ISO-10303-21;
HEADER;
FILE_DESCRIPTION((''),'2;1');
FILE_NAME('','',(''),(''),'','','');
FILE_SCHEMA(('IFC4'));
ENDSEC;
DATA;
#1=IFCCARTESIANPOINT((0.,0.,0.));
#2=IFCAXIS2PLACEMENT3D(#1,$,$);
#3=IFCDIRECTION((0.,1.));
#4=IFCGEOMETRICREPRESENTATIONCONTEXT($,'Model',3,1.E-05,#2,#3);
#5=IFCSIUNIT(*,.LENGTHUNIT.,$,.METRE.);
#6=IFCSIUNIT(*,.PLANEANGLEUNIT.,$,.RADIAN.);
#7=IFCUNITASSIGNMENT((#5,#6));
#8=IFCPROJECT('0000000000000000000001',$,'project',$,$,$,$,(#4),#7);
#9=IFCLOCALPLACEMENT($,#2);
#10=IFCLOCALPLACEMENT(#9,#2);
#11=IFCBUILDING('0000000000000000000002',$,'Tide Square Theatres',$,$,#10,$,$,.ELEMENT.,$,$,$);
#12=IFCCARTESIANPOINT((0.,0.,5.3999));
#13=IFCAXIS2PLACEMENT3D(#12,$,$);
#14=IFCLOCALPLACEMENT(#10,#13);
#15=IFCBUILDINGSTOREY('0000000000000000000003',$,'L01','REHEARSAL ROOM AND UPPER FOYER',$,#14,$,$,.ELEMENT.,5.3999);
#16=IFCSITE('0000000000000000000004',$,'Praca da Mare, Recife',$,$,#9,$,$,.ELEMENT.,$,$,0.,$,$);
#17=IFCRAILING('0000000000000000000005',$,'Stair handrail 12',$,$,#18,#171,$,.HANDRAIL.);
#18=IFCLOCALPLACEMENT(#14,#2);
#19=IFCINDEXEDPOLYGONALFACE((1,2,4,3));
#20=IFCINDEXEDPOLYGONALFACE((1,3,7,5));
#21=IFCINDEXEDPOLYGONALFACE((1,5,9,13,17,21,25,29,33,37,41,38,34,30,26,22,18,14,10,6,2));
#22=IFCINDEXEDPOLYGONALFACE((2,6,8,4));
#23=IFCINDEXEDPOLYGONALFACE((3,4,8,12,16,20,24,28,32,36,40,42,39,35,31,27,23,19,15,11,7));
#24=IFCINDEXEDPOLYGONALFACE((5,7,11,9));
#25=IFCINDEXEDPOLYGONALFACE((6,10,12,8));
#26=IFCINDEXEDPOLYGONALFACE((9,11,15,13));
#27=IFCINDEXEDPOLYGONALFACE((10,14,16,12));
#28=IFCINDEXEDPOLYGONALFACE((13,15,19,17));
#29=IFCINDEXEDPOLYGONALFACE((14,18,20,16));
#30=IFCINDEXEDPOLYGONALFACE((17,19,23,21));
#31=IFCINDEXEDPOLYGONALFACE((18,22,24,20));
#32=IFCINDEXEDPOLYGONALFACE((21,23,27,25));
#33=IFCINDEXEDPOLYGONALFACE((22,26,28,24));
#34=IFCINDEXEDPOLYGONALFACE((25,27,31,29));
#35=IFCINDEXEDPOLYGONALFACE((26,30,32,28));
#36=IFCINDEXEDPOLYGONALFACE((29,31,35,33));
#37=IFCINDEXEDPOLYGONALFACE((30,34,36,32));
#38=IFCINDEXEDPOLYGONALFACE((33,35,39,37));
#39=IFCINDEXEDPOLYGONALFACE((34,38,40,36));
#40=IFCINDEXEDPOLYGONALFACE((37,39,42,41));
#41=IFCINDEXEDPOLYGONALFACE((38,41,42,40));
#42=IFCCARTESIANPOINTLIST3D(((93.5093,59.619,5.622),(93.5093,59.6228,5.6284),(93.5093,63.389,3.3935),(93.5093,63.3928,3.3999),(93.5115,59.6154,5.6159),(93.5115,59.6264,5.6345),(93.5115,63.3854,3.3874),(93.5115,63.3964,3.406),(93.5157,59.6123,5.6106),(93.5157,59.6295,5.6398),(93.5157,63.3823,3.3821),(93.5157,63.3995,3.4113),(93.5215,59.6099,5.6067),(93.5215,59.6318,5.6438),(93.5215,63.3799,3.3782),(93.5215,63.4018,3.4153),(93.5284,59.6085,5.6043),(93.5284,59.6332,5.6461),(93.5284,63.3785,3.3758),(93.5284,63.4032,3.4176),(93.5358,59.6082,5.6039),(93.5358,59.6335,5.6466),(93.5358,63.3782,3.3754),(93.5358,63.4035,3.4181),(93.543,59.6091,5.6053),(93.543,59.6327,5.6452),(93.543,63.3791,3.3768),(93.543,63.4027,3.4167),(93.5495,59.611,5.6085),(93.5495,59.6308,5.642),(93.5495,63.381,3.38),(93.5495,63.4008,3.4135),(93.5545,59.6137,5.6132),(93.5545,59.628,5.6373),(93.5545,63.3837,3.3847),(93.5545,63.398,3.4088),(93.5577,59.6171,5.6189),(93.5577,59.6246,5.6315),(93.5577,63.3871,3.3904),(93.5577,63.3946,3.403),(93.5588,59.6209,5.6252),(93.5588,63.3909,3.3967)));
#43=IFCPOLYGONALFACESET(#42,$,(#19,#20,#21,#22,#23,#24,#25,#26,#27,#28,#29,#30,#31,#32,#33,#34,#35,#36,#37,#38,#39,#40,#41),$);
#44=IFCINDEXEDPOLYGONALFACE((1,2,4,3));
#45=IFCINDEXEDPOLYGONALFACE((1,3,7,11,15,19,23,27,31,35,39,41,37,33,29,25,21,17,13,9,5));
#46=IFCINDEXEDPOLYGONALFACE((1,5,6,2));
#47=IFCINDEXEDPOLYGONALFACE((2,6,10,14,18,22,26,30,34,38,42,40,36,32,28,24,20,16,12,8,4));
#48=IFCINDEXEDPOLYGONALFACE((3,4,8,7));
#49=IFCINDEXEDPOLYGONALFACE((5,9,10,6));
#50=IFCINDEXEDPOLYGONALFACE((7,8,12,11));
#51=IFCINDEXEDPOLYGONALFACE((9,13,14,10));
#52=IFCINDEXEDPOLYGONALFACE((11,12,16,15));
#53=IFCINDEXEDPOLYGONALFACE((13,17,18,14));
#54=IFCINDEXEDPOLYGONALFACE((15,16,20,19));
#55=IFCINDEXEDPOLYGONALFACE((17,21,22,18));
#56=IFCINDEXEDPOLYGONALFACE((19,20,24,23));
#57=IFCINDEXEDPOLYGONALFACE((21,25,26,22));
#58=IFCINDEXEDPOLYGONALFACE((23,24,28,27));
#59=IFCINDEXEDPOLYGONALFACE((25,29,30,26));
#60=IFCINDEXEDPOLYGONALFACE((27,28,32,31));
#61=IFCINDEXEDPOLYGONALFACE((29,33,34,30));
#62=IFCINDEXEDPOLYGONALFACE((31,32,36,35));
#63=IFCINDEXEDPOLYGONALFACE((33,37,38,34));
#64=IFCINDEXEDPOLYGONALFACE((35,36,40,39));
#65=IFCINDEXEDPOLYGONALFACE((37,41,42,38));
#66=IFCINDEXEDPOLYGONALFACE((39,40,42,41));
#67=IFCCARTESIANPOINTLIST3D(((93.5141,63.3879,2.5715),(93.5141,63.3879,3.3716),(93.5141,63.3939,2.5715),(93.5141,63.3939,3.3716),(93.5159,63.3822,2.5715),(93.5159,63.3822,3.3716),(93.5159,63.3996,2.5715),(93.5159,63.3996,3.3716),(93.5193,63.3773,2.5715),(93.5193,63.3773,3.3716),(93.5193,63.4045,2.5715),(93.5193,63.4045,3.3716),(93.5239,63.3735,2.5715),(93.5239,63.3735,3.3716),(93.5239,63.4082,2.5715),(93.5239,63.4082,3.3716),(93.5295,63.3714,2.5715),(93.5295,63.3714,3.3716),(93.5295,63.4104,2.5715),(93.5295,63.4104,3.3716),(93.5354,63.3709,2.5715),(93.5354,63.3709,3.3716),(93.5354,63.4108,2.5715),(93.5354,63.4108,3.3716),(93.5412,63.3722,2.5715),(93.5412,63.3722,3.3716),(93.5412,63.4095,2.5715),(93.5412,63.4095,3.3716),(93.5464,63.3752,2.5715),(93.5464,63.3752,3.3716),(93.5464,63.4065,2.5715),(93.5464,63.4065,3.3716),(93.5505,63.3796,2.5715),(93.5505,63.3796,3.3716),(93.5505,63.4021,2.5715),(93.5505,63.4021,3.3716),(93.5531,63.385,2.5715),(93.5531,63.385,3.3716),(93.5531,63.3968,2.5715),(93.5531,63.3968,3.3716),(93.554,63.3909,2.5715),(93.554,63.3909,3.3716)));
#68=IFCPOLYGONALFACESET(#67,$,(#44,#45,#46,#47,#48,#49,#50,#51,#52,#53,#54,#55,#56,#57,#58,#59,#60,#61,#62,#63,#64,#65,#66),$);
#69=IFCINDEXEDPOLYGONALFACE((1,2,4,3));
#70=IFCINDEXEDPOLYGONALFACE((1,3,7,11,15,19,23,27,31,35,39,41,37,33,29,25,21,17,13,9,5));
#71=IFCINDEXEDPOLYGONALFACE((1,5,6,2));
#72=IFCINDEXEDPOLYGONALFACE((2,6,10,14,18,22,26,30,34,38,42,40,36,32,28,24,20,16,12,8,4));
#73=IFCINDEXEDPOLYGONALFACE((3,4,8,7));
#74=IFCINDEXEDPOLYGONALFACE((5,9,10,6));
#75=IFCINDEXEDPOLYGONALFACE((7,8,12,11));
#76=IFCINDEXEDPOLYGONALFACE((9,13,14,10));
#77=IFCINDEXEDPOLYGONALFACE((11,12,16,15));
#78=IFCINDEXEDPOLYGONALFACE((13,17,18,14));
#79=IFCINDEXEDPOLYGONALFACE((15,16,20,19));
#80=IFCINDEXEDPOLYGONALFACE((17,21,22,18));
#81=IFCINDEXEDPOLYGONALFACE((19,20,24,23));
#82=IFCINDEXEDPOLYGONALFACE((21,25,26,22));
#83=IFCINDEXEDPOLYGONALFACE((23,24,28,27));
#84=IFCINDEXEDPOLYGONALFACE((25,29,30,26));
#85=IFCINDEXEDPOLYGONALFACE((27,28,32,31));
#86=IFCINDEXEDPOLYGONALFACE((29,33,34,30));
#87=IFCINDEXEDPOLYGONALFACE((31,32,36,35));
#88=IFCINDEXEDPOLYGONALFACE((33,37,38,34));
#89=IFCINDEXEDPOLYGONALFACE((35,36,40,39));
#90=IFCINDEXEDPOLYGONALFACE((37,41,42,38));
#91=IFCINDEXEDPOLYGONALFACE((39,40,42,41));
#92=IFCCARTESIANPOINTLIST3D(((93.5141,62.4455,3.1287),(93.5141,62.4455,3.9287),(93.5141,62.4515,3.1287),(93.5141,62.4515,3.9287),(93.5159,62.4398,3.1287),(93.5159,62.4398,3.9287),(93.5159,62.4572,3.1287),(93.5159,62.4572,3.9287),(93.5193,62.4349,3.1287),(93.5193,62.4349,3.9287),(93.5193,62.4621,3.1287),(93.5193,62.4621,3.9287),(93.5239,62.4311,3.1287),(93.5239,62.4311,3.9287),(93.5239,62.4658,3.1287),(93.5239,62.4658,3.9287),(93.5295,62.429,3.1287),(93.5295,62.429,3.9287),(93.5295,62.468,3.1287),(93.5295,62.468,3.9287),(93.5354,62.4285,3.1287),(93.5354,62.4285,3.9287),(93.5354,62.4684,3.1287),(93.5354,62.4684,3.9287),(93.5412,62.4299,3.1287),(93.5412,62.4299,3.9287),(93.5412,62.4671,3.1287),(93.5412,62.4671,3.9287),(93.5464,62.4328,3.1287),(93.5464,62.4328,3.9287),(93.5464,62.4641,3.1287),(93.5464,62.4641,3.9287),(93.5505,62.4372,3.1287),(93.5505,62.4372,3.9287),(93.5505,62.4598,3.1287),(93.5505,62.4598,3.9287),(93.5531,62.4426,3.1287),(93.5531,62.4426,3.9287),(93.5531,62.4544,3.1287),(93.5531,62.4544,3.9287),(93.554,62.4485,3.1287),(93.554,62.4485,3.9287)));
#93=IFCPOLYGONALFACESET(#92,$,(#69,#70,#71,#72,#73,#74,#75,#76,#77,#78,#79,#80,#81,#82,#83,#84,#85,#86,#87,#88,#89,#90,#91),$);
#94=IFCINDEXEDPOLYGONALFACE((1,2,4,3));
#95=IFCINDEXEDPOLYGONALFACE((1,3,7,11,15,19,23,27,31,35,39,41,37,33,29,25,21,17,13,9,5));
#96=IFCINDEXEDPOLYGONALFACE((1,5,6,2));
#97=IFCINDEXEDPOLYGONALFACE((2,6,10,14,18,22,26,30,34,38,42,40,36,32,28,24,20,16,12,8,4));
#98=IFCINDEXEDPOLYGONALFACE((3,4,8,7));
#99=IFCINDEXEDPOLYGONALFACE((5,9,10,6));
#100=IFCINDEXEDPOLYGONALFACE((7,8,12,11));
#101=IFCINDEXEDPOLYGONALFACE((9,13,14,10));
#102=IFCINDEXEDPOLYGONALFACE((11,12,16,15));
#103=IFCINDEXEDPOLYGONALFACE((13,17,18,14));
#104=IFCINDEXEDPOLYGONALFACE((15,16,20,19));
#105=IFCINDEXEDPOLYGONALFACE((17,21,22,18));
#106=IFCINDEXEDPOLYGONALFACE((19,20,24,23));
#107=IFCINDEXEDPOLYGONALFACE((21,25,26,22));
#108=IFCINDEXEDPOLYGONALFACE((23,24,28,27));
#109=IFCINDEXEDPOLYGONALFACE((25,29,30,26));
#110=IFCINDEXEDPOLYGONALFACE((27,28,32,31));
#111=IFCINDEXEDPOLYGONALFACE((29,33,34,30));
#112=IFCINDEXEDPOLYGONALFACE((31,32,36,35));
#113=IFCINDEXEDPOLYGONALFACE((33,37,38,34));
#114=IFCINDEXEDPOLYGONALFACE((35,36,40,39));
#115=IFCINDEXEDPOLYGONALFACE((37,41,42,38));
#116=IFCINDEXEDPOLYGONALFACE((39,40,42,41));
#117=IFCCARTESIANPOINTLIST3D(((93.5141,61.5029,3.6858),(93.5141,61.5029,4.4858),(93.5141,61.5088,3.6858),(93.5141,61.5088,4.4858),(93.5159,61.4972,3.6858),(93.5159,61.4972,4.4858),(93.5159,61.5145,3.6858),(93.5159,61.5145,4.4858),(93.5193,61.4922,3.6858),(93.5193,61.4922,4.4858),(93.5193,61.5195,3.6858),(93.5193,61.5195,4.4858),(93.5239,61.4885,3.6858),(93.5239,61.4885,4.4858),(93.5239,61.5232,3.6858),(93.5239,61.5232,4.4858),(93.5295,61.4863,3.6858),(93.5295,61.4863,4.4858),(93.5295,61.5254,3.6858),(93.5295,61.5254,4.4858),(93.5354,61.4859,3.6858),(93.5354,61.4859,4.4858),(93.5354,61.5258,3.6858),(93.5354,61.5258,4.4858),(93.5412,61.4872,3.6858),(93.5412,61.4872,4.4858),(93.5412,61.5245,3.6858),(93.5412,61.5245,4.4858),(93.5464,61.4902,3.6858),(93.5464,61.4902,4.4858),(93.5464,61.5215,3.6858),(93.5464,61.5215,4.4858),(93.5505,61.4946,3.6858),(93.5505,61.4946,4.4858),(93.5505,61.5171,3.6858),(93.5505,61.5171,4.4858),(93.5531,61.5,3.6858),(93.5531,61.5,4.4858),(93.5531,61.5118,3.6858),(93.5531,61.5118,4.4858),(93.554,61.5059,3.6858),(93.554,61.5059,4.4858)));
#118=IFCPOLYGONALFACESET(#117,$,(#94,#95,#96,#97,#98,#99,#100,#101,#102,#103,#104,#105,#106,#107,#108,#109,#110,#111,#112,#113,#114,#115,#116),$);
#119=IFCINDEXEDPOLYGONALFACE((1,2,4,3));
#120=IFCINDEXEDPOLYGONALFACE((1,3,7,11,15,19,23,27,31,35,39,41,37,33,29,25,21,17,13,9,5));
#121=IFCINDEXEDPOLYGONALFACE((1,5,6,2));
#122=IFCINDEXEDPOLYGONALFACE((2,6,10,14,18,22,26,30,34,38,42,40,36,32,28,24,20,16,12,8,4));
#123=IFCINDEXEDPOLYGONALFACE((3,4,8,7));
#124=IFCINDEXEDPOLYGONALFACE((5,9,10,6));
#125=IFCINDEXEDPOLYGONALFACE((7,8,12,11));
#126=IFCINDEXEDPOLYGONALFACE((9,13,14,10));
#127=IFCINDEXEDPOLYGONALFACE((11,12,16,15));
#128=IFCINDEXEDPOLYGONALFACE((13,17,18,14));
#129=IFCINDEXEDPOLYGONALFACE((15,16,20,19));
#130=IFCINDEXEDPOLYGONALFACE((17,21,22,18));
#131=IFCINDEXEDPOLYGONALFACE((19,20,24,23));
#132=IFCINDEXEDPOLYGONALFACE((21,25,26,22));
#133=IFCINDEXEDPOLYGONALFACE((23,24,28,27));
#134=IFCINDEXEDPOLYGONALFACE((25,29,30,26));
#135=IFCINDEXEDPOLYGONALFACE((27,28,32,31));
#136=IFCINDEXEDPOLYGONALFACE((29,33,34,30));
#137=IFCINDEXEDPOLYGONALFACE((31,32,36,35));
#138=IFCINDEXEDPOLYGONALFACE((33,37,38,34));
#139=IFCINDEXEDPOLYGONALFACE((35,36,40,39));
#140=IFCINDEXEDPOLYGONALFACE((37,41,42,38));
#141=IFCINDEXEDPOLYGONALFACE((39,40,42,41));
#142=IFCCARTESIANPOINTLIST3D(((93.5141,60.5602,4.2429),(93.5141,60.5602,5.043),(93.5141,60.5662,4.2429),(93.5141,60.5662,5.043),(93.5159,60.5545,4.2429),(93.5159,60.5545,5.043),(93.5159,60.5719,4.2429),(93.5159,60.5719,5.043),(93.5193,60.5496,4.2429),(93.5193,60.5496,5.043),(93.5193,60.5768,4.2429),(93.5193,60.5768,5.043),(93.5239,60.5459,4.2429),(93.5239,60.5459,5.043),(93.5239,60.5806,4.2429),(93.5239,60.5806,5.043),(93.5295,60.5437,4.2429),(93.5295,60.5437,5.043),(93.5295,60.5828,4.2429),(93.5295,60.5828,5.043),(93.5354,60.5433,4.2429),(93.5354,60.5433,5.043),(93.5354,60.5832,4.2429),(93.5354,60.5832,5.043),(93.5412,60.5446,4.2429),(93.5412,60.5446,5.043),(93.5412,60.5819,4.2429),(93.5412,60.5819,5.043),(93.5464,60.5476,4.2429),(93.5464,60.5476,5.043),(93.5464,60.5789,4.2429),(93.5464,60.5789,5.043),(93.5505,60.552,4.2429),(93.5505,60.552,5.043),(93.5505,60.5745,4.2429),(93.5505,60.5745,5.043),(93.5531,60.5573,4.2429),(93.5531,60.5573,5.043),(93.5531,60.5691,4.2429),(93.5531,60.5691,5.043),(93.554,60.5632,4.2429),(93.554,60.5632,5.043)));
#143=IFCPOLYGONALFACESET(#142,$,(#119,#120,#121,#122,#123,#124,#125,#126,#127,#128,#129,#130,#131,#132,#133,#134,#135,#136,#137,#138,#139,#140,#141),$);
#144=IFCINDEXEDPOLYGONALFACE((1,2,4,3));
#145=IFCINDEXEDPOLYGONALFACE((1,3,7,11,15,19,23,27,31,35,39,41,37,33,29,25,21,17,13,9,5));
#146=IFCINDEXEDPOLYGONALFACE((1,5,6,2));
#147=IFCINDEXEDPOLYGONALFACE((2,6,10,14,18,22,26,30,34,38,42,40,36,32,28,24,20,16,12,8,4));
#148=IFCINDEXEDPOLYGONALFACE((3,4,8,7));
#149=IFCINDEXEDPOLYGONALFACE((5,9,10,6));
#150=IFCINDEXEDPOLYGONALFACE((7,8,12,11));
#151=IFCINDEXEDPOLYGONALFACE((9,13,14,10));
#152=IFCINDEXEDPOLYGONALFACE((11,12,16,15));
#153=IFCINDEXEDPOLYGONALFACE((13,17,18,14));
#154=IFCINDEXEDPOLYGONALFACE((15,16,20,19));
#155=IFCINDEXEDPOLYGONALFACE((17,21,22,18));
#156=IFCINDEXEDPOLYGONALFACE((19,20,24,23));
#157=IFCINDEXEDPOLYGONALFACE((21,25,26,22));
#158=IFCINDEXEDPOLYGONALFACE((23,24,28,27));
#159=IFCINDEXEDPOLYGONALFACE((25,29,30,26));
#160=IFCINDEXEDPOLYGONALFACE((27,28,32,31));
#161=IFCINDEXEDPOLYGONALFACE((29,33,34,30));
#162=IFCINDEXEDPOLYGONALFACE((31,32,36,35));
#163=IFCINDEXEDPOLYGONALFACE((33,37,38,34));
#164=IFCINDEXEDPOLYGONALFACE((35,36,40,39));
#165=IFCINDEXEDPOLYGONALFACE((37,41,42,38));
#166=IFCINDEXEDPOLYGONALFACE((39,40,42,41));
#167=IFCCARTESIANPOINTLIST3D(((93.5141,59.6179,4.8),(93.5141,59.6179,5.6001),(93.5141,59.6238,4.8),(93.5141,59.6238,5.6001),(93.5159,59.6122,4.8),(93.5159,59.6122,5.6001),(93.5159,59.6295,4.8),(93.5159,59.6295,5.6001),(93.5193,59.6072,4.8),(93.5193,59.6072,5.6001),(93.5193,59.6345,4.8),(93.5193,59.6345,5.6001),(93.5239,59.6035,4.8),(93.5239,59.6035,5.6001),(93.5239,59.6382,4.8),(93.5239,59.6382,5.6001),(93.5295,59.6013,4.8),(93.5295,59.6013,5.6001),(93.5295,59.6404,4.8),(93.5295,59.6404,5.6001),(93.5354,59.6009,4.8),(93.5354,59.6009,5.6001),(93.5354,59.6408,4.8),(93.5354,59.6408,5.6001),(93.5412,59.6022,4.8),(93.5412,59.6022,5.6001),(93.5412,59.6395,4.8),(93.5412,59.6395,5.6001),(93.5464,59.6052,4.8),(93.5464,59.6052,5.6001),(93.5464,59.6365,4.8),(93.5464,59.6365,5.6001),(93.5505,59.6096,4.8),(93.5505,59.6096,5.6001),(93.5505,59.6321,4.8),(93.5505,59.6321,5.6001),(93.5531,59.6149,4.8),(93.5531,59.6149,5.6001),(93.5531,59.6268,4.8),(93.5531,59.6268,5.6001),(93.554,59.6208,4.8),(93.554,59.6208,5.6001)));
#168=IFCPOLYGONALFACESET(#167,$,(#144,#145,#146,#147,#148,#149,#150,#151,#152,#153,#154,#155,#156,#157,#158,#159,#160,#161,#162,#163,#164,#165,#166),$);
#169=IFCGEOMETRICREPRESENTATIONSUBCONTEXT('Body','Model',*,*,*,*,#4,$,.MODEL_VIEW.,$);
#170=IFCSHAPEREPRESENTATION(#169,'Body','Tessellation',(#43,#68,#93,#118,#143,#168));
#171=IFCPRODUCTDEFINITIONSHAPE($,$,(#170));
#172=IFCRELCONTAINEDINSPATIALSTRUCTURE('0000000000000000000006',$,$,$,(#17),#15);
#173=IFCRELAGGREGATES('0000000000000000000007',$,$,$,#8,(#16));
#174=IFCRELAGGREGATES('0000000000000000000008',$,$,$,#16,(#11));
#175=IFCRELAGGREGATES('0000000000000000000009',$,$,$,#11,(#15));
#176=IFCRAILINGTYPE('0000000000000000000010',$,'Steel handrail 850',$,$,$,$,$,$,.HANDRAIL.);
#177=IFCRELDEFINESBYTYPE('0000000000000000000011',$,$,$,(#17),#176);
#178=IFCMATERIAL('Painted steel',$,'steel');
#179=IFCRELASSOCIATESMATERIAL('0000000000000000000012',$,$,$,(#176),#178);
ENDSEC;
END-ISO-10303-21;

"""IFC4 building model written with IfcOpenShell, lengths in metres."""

from ifc_helpers import new_model, si_unit, direction, frame, origin, origin_2d, place, context, subcontext, project, spatial, circle, extrude, material, type_object, element, save


model = new_model("IFC4")

# Units and contexts
model_context = context("Model", 3, precision=1e-05, world=origin(), true_north=direction((0.0, 1.0)))
body_context = subcontext(model_context, "Body", "Model", "MODEL_VIEW")
ifc_project = project(units=[si_unit("LENGTHUNIT", "METRE"), si_unit("PLANEANGLEUNIT", "RADIAN")], contexts=[model_context])

# Site, building, storey
site_placement = place(None, origin())
site = spatial("IfcSite", under=ifc_project, at=site_placement, Name="Praca da Mare, Recife", CompositionType="ELEMENT", RefElevation=0.0)
building_placement = place(site_placement, origin())
building = spatial("IfcBuilding", under=site, at=building_placement, Name="Tide Square Theatres", CompositionType="ELEMENT")
storey_placement = place(building_placement, frame((0.0, 0.0, 5.3999)))
storey = spatial("IfcBuildingStorey", under=building, at=storey_placement, Name="L01", Description="REHEARSAL ROOM AND UPPER FOYER", CompositionType="ELEMENT", Elevation=5.3999)

# Railing
ifc_material_1 = material(Name="Painted steel", Category="steel")
railing_type_1 = type_object("IfcRailingType", Name="Steel handrail 850", PredefinedType="HANDRAIL", material=ifc_material_1)
for number, where, name in (
    (1, (93.5339, 63.3909, 2.5715), "Stair handrail 12"),
):
    element("IfcRailing", number, at=place(storey_placement, frame(where)), inside=storey, type_object=railing_type_1, Name=name, PredefinedType="HANDRAIL", context=body_context, shape_type="SweptSolid", body=[
        extrude(circle(Radius=0.0249, at=origin_2d()), frame((0.0, 0.0, 0.8252), z_axis=(0.0, -0.860849, 0.508861), x_axis=(1.0, 0.0, 0.0)), (0.0, 0.0, 1.0), 4.3794),
        extrude(circle(Radius=0.02, at=origin_2d()), origin(), (0.0, 0.0, 1.0), 0.8),
        extrude(circle(Radius=0.02, at=origin_2d()), frame((0.0, -0.9424, 0.5571)), (0.0, 0.0, 1.0), 0.8),
        extrude(circle(Radius=0.02, at=origin_2d()), frame((0.0, -1.885, 1.1143)), (0.0, 0.0, 1.0), 0.8),
        extrude(circle(Radius=0.02, at=origin_2d()), frame((0.0, -2.8276, 1.6714)), (0.0, 0.0, 1.0), 0.8),
        extrude(circle(Radius=0.02, at=origin_2d()), frame((0.0, -3.77, 2.2285)), (0.0, 0.0, 1.0), 0.8),
    ])

save(model, "model.ifc")
